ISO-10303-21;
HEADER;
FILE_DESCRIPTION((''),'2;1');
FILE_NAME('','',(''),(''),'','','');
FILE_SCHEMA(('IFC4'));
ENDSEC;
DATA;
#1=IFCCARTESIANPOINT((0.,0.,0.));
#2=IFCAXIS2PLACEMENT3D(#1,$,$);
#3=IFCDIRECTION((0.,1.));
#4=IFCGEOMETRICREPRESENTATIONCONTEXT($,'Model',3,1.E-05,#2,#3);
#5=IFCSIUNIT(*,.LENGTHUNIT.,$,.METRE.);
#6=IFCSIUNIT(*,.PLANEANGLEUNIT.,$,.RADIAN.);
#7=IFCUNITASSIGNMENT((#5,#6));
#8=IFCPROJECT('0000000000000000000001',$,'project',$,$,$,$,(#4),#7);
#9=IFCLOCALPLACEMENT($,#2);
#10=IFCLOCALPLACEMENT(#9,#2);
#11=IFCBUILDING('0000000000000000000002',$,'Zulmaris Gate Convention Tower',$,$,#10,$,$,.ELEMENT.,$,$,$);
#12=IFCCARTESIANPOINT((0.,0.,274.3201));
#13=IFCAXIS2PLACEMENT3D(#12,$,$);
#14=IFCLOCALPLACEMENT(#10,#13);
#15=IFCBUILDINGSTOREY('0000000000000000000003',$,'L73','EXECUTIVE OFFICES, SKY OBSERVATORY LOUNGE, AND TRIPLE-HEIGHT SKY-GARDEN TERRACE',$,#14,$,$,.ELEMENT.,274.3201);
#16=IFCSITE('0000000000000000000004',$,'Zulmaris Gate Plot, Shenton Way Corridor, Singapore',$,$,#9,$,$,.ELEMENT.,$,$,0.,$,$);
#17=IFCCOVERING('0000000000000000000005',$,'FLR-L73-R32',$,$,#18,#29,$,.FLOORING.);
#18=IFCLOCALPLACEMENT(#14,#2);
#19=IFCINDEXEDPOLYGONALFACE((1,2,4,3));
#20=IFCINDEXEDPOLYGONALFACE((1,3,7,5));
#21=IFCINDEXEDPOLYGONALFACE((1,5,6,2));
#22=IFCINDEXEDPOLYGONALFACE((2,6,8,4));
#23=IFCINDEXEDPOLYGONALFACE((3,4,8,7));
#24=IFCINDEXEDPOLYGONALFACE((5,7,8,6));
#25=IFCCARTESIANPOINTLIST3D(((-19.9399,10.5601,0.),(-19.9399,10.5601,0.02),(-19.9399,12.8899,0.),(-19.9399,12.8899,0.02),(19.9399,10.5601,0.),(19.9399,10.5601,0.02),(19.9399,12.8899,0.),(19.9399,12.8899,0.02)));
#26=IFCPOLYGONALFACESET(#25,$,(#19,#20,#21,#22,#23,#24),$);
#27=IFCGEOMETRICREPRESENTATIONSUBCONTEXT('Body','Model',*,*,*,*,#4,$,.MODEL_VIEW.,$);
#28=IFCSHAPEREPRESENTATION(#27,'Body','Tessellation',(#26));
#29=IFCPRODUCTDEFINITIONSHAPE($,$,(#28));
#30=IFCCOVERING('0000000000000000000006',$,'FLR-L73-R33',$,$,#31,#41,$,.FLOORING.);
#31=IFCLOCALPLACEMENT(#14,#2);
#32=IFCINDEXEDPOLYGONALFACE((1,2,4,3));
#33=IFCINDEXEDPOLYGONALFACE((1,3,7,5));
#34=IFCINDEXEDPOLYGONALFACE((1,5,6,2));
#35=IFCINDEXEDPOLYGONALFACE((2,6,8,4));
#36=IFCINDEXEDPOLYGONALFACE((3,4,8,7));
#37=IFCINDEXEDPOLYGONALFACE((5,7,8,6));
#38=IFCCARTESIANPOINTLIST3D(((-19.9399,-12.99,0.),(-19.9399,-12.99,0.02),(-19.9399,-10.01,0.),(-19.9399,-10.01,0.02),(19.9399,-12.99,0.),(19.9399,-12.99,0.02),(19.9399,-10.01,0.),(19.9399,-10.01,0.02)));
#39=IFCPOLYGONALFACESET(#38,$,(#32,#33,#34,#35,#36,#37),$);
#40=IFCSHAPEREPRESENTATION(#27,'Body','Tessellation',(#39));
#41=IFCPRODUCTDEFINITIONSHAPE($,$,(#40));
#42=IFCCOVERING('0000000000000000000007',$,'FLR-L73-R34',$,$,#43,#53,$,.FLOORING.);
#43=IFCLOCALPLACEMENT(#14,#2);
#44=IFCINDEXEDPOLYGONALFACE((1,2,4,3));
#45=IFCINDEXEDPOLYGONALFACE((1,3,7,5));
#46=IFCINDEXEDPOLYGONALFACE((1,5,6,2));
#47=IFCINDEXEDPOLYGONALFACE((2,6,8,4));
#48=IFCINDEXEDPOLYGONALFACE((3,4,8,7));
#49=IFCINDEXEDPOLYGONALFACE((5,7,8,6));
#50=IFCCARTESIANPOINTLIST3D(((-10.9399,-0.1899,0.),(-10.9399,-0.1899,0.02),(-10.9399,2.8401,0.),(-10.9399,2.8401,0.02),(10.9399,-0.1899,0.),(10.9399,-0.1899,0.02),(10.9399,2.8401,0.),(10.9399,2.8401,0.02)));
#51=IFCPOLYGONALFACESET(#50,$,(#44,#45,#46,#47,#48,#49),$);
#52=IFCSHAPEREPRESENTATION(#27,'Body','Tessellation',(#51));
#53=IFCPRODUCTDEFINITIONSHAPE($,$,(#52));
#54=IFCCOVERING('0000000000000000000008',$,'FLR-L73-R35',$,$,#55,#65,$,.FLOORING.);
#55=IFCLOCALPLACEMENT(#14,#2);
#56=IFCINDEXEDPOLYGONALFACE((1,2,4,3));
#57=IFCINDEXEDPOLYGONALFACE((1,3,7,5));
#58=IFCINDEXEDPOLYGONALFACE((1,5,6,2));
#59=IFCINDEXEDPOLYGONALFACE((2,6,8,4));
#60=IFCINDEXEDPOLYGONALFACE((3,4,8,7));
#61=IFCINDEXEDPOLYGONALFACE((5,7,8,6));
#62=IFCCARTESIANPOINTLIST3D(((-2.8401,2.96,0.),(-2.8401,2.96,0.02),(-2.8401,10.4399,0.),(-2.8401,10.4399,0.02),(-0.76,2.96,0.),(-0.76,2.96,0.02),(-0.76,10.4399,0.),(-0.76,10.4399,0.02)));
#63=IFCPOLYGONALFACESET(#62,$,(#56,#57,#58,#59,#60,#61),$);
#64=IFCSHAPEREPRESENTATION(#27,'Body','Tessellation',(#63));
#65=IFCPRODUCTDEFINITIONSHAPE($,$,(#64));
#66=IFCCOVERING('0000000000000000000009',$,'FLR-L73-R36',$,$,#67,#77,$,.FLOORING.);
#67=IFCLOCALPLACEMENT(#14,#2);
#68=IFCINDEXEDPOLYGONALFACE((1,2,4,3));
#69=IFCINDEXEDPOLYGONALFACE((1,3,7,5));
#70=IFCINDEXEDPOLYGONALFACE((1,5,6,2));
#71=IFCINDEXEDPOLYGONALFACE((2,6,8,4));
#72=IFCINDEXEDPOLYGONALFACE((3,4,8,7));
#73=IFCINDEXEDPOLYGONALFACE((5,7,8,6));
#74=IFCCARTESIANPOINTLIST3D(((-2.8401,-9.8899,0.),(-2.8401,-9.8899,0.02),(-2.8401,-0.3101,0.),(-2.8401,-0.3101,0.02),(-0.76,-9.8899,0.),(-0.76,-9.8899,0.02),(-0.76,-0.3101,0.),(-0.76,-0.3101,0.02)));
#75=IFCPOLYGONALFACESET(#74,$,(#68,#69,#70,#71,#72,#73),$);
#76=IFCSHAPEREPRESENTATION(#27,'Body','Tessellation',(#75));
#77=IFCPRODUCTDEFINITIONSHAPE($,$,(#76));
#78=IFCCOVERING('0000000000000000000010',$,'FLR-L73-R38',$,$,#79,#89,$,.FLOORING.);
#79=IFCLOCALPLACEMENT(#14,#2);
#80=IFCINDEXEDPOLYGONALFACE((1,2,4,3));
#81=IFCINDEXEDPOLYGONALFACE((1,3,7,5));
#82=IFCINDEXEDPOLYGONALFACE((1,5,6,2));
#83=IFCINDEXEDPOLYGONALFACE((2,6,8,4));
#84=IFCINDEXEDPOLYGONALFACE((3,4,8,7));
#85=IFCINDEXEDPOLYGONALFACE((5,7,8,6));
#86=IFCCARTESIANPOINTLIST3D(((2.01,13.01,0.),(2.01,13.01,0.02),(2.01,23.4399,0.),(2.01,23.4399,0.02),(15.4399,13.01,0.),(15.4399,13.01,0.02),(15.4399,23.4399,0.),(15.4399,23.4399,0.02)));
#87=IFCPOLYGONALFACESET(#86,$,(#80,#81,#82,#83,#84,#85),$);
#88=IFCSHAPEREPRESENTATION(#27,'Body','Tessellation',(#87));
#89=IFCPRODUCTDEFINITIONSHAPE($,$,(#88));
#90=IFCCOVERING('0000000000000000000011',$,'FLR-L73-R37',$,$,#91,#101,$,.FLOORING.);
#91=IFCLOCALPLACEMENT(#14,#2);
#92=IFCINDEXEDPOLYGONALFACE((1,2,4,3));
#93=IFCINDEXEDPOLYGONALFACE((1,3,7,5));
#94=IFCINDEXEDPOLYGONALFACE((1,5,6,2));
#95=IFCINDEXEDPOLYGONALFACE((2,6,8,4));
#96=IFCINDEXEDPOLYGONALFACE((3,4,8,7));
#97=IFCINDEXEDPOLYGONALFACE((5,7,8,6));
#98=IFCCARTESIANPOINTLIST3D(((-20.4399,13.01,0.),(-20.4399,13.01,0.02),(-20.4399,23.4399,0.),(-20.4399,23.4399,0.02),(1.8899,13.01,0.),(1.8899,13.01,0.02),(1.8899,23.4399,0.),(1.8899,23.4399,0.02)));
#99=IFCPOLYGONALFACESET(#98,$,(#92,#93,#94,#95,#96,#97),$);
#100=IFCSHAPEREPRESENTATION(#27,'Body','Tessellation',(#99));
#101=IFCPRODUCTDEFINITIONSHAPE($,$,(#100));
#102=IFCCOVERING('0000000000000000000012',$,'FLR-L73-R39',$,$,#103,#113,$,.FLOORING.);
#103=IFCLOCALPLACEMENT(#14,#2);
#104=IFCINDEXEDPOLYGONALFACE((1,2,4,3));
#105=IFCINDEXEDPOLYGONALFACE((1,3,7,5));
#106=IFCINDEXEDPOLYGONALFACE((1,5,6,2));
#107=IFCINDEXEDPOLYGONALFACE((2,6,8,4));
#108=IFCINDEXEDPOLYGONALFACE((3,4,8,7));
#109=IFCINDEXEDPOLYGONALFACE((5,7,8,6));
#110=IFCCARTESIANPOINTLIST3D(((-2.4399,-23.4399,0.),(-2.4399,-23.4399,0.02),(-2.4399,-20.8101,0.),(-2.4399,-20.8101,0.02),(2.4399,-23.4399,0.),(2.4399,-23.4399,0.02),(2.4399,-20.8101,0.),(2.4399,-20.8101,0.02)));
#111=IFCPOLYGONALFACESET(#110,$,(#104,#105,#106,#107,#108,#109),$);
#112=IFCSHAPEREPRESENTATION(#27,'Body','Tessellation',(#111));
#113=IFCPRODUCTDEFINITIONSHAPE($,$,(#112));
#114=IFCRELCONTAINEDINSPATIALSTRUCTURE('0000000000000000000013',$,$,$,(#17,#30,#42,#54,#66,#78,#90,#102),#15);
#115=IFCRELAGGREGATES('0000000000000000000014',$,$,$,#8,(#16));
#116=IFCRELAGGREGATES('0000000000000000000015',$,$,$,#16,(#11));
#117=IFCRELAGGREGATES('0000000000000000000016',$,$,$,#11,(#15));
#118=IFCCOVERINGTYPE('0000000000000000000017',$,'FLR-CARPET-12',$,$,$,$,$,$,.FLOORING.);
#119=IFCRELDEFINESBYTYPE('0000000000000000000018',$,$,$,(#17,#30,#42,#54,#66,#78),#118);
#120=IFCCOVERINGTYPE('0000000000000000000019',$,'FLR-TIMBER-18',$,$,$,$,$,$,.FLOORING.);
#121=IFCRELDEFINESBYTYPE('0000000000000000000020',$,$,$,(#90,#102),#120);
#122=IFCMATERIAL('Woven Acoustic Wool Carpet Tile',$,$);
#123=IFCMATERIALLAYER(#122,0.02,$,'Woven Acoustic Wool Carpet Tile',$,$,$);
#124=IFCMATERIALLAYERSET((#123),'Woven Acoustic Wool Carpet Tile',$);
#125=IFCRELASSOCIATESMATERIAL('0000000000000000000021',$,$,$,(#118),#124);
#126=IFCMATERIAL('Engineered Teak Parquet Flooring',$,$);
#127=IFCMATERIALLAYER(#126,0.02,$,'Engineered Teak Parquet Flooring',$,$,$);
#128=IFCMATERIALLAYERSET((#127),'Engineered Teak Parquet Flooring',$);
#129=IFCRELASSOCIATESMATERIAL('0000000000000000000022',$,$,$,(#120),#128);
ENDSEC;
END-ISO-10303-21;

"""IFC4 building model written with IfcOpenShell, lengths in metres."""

from ifc_helpers import new_model, si_unit, direction, frame, origin, place, context, subcontext, project, spatial, polyline, outline, extrude, material, layer, layer_set, type_object, element, save


model = new_model("IFC4")

# Units and contexts
model_context = context("Model", 3, precision=1e-05, world=origin(), true_north=direction((0.0, 1.0)))
body_context = subcontext(model_context, "Body", "Model", "MODEL_VIEW")
ifc_project = project(units=[si_unit("LENGTHUNIT", "METRE"), si_unit("PLANEANGLEUNIT", "RADIAN")], contexts=[model_context])

# Site, building, storey
site_placement = place(None, origin())
site = spatial("IfcSite", under=ifc_project, at=site_placement, Name="Zulmaris Gate Plot, Shenton Way Corridor, Singapore", CompositionType="ELEMENT", RefElevation=0.0)
building_placement = place(site_placement, origin())
building = spatial("IfcBuilding", under=site, at=building_placement, Name="Zulmaris Gate Convention Tower", CompositionType="ELEMENT")
storey_placement = place(building_placement, frame((0.0, 0.0, 274.3201)))
storey = spatial("IfcBuildingStorey", under=building, at=storey_placement, Name="L73", Description="EXECUTIVE OFFICES, SKY OBSERVATORY LOUNGE, AND TRIPLE-HEIGHT SKY-GARDEN TERRACE", CompositionType="ELEMENT", Elevation=274.3201)

# Coverings
ifc_material_1 = material(Name="Woven Acoustic Wool Carpet Tile")
ifc_layer_1 = layer(ifc_material_1, 0.02, Name="Woven Acoustic Wool Carpet Tile")
ifc_layer_set_1 = layer_set([ifc_layer_1], Name="Woven Acoustic Wool Carpet Tile")
covering_type_1 = type_object("IfcCoveringType", Name="FLR-CARPET-12", PredefinedType="FLOORING", material=ifc_layer_set_1)
covering_1_placement = place(storey_placement, origin())
element("IfcCovering", 1, at=covering_1_placement, inside=storey, type_object=covering_type_1, Name="FLR-L73-R32", PredefinedType="FLOORING", context=body_context, shape_type="SweptSolid", body=[
    extrude(outline(polyline([(-19.9399, 10.5601), (19.9399, 10.5601), (19.9399, 12.8899), (-19.9399, 12.8899), (-19.9399, 10.5601)])), origin(), (0.0, 0.0, 1.0), 0.02),
])
covering_2_placement = place(storey_placement, origin())
element("IfcCovering", 2, at=covering_2_placement, inside=storey, type_object=covering_type_1, Name="FLR-L73-R33", PredefinedType="FLOORING", context=body_context, shape_type="SweptSolid", body=[
    extrude(outline(polyline([(-19.9399, -12.99), (19.9399, -12.99), (19.9399, -10.01), (-19.9399, -10.01), (-19.9399, -12.99)])), origin(), (0.0, 0.0, 1.0), 0.02),
])
covering_3_placement = place(storey_placement, origin())
element("IfcCovering", 3, at=covering_3_placement, inside=storey, type_object=covering_type_1, Name="FLR-L73-R34", PredefinedType="FLOORING", context=body_context, shape_type="SweptSolid", body=[
    extrude(outline(polyline([(-10.9399, -0.1899), (10.9399, -0.1899), (10.9399, 2.8401), (-10.9399, 2.8401), (-10.9399, -0.1899)])), origin(), (0.0, 0.0, 1.0), 0.02),
])
covering_4_placement = place(storey_placement, origin())
element("IfcCovering", 4, at=covering_4_placement, inside=storey, type_object=covering_type_1, Name="FLR-L73-R35", PredefinedType="FLOORING", context=body_context, shape_type="SweptSolid", body=[
    extrude(outline(polyline([(-2.8401, 2.96), (-0.76, 2.96), (-0.76, 10.4399), (-2.8401, 10.4399), (-2.8401, 2.96)])), origin(), (0.0, 0.0, 1.0), 0.02),
])
covering_5_placement = place(storey_placement, origin())
element("IfcCovering", 5, at=covering_5_placement, inside=storey, type_object=covering_type_1, Name="FLR-L73-R36", PredefinedType="FLOORING", context=body_context, shape_type="SweptSolid", body=[
    extrude(outline(polyline([(-2.8401, -9.8899), (-0.76, -9.8899), (-0.76, -0.3101), (-2.8401, -0.3101), (-2.8401, -9.8899)])), origin(), (0.0, 0.0, 1.0), 0.02),
])
covering_6_placement = place(storey_placement, origin())
element("IfcCovering", 6, at=covering_6_placement, inside=storey, type_object=covering_type_1, Name="FLR-L73-R38", PredefinedType="FLOORING", context=body_context, shape_type="SweptSolid", body=[
    extrude(outline(polyline([(2.01, 13.01), (15.4399, 13.01), (15.4399, 23.4399), (2.01, 23.4399), (2.01, 13.01)])), origin(), (0.0, 0.0, 1.0), 0.02),
])
ifc_material_2 = material(Name="Engineered Teak Parquet Flooring")
ifc_layer_2 = layer(ifc_material_2, 0.02, Name="Engineered Teak Parquet Flooring")
ifc_layer_set_2 = layer_set([ifc_layer_2], Name="Engineered Teak Parquet Flooring")
covering_type_2 = type_object("IfcCoveringType", Name="FLR-TIMBER-18", PredefinedType="FLOORING", material=ifc_layer_set_2)
covering_7_placement = place(storey_placement, origin())
element("IfcCovering", 7, at=covering_7_placement, inside=storey, type_object=covering_type_2, Name="FLR-L73-R37", PredefinedType="FLOORING", context=body_context, shape_type="SweptSolid", body=[
    extrude(outline(polyline([(-20.4399, 13.01), (1.8899, 13.01), (1.8899, 23.4399), (-20.4399, 23.4399), (-20.4399, 13.01)])), origin(), (0.0, 0.0, 1.0), 0.02),
])
covering_8_placement = place(storey_placement, origin())
element("IfcCovering", 8, at=covering_8_placement, inside=storey, type_object=covering_type_2, Name="FLR-L73-R39", PredefinedType="FLOORING", context=body_context, shape_type="SweptSolid", body=[
    extrude(outline(polyline([(-2.4399, -23.4399), (2.4399, -23.4399), (2.4399, -20.8101), (-2.4399, -20.8101), (-2.4399, -23.4399)])), origin(), (0.0, 0.0, 1.0), 0.02),
])

save(model, "model.ifc")
